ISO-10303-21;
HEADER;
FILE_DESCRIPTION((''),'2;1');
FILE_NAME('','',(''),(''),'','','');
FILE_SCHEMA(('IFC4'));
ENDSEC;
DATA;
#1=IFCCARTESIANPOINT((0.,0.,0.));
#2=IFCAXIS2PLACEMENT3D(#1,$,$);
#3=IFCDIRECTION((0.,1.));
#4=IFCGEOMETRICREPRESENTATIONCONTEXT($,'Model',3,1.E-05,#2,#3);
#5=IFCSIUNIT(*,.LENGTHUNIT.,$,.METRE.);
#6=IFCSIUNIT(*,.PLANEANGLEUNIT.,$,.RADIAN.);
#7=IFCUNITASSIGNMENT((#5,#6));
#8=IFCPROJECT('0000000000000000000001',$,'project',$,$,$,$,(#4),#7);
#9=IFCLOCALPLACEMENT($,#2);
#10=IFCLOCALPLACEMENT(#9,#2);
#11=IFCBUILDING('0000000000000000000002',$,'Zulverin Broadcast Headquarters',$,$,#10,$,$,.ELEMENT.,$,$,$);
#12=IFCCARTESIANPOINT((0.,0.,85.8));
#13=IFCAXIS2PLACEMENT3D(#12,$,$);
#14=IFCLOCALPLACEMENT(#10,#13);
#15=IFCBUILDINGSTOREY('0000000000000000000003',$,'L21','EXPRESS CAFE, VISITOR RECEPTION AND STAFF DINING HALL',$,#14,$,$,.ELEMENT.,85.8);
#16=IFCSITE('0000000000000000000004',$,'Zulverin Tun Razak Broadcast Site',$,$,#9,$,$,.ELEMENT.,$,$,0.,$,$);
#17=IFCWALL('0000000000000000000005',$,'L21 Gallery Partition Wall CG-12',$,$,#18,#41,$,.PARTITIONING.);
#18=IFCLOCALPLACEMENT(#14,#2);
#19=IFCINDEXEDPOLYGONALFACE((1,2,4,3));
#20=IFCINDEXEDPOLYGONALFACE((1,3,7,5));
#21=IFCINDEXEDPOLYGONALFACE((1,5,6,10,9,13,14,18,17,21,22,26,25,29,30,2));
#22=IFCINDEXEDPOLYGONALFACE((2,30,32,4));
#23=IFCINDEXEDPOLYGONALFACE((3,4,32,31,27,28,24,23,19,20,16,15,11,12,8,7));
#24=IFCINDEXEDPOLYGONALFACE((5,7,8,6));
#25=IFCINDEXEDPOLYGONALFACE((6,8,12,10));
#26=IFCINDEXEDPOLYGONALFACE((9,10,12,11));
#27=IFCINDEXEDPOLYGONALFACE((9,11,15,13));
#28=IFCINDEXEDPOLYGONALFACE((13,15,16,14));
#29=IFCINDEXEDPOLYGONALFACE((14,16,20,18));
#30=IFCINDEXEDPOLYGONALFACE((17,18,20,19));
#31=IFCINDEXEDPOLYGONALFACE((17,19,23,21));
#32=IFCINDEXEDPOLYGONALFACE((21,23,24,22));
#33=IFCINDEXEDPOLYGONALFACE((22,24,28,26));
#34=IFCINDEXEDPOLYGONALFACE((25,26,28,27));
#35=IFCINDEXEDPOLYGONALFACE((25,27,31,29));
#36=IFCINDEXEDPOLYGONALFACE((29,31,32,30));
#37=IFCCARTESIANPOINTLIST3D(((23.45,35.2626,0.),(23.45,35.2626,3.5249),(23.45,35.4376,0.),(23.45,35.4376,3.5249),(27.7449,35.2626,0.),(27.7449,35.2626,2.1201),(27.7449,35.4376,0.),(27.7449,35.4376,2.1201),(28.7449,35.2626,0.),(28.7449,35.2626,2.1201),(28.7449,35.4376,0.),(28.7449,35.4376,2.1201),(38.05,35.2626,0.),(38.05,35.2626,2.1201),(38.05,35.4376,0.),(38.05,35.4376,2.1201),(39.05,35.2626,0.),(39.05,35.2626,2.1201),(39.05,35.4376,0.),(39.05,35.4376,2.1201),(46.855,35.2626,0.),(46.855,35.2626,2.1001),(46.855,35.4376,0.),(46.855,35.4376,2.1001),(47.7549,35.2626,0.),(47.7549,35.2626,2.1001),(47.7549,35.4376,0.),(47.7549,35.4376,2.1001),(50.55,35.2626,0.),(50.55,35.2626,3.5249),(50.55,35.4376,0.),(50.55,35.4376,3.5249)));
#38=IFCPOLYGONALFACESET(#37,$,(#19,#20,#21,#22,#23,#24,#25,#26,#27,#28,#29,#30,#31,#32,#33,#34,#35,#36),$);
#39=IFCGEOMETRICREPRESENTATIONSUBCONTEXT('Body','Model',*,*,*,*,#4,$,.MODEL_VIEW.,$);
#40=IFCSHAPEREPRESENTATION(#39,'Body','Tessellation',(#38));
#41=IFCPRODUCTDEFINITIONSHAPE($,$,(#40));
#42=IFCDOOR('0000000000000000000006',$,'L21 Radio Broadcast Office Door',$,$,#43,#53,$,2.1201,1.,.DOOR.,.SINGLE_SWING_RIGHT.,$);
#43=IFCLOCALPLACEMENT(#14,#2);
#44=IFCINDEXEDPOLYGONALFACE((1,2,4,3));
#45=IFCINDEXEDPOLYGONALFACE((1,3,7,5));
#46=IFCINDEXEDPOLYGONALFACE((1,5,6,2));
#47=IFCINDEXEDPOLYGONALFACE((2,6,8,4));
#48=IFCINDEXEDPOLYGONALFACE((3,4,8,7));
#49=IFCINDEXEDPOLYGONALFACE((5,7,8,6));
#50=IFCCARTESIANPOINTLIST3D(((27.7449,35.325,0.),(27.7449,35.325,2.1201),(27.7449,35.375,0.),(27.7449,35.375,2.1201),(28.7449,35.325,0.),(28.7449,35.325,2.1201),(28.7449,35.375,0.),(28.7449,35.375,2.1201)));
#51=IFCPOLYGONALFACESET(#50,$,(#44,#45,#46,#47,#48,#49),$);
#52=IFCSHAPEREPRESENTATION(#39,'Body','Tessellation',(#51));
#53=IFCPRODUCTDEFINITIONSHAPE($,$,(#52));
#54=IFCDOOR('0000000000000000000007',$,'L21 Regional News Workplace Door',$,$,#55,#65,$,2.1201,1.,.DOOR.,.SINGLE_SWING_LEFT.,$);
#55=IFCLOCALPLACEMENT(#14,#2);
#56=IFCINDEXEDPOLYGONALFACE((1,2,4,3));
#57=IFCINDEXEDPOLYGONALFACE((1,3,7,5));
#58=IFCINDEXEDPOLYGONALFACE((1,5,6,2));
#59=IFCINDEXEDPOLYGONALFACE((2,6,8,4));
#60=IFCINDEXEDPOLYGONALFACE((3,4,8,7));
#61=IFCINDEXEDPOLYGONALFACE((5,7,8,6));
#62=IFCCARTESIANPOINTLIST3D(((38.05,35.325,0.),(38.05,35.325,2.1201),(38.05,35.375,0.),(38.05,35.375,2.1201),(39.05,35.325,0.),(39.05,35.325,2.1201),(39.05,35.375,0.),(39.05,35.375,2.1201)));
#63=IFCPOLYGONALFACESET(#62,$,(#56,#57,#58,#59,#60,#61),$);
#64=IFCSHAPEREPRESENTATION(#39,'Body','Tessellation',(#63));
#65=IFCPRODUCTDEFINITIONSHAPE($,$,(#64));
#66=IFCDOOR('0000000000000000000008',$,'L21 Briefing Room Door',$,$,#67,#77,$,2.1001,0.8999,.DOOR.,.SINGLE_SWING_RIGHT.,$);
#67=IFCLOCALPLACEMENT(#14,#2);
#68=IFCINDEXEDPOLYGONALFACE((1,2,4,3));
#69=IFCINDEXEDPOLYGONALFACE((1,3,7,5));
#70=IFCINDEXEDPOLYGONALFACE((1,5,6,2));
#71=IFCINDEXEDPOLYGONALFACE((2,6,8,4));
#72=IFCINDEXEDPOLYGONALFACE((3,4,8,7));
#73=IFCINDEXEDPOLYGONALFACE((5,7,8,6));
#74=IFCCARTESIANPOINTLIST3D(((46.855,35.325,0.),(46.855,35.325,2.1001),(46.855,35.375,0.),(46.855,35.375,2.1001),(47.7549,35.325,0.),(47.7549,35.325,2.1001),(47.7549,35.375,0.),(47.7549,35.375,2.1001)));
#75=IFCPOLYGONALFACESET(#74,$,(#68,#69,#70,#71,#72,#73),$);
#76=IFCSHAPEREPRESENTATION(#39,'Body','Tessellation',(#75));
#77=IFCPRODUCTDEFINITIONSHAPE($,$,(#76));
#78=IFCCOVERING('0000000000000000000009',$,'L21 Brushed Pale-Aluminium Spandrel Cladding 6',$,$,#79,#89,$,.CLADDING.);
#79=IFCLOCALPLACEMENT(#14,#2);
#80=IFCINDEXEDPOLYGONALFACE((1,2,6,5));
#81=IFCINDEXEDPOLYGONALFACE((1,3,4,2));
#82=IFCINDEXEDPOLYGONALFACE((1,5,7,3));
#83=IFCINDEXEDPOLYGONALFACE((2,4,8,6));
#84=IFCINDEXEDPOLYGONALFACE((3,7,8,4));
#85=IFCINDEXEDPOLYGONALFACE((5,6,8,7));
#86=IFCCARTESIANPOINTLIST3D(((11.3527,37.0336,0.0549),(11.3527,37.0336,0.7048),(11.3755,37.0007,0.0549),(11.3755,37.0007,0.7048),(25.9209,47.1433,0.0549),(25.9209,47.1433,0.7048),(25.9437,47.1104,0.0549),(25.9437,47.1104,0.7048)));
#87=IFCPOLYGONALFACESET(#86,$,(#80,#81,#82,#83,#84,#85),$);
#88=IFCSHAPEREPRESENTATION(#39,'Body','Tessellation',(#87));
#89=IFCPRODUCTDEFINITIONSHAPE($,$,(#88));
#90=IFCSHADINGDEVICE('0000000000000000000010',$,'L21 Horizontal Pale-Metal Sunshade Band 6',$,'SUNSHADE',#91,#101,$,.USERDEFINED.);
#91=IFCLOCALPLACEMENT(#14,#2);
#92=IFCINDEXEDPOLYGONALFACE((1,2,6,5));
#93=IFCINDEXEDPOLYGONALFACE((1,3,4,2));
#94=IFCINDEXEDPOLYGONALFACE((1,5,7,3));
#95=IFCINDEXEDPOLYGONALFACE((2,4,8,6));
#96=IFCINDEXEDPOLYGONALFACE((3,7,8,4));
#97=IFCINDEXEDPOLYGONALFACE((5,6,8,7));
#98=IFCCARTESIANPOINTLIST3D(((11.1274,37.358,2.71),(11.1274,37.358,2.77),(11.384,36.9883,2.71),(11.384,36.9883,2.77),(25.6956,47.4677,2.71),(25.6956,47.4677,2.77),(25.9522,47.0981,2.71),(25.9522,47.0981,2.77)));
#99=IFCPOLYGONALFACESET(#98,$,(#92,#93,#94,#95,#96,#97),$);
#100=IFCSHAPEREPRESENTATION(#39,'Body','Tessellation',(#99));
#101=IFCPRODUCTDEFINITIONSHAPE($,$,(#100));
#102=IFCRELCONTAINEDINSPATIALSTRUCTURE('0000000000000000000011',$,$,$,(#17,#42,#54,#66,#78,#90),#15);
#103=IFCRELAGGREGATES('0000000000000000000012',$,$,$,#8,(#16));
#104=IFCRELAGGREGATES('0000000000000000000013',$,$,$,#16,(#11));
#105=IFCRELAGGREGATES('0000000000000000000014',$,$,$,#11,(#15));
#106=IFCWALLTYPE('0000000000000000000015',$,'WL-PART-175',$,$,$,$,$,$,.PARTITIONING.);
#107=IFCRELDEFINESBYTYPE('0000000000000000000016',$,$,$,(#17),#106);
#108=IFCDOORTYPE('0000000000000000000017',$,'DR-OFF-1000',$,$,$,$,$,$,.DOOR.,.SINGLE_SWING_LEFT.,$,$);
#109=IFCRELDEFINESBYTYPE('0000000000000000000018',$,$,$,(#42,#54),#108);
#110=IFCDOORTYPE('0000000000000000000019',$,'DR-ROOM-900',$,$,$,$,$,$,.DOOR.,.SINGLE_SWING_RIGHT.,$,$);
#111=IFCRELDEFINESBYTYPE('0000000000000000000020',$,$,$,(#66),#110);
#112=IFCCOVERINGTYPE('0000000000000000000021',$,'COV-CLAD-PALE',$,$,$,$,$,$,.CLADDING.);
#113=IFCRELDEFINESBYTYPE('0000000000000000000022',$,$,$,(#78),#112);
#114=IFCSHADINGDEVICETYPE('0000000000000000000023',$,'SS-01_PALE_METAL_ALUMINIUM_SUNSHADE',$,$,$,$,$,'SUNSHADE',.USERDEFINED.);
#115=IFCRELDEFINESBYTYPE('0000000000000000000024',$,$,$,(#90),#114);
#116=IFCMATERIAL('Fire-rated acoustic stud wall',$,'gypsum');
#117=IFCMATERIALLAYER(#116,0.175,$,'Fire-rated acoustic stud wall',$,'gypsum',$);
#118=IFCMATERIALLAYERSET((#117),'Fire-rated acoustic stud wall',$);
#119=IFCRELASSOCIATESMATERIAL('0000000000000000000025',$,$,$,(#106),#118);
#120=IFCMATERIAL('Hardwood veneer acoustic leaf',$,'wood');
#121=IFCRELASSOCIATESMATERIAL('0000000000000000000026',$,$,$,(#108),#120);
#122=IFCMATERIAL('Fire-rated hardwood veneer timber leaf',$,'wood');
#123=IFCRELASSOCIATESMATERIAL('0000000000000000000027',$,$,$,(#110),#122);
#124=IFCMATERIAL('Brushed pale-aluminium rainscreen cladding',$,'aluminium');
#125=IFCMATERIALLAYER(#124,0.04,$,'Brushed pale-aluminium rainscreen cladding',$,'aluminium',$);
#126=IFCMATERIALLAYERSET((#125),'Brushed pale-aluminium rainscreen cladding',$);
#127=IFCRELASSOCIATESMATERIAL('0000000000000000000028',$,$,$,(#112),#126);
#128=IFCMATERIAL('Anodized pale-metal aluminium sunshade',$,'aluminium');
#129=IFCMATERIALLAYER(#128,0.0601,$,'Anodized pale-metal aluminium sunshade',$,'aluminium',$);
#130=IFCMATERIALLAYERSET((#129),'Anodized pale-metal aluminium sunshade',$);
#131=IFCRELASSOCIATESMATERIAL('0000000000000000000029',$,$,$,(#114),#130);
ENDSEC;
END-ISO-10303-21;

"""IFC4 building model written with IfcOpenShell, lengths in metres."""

from ifc_helpers import new_model, si_unit, direction, frame, frame_2d, origin, origin_2d, place, context, subcontext, project, spatial, rectangle, extrude, material, layer, layer_set, type_object, element, fill, save


model = new_model("IFC4")

# Units and contexts
model_context = context("Model", 3, precision=1e-05, world=origin(), true_north=direction((0.0, 1.0)))
body_context = subcontext(model_context, "Body", "Model", "MODEL_VIEW")
ifc_project = project(units=[si_unit("LENGTHUNIT", "METRE"), si_unit("PLANEANGLEUNIT", "RADIAN")], contexts=[model_context])

# Site, building, storey
site_placement = place(None, origin())
site = spatial("IfcSite", under=ifc_project, at=site_placement, Name="Zulverin Tun Razak Broadcast Site", CompositionType="ELEMENT", RefElevation=0.0)
building_placement = place(site_placement, origin())
building = spatial("IfcBuilding", under=site, at=building_placement, Name="Zulverin Broadcast Headquarters", CompositionType="ELEMENT")
storey_placement = place(building_placement, frame((0.0, 0.0, 85.8)))
storey = spatial("IfcBuildingStorey", under=building, at=storey_placement, Name="L21", Description="EXPRESS CAFE, VISITOR RECEPTION AND STAFF DINING HALL", CompositionType="ELEMENT", Elevation=85.8)

# Wall, openings, doors
ifc_material_1 = material(Name="Fire-rated acoustic stud wall", Category="gypsum")
ifc_layer_1 = layer(ifc_material_1, 0.175, Name="Fire-rated acoustic stud wall", Category="gypsum")
ifc_layer_set_1 = layer_set([ifc_layer_1], Name="Fire-rated acoustic stud wall")
wall_type_1 = type_object("IfcWallType", Name="WL-PART-175", PredefinedType="PARTITIONING", material=ifc_layer_set_1)
wall_1_placement = place(storey_placement, frame((23.45, 35.3501, 0.0), z_axis=(0.0, 0.0, 1.0), x_axis=(1.0, 0.0, 0.0)))
wall_1 = element("IfcWall", 1, at=wall_1_placement, inside=storey, type_object=wall_type_1, Name="L21 Gallery Partition Wall CG-12", PredefinedType="PARTITIONING", context=body_context, shape_type="SweptSolid", body=[
    extrude(rectangle(XDim=27.1001, YDim=0.175, at=frame_2d((13.55, 0.0))), origin(), (0.0, 0.0, 1.0), 3.5249),
])
opening_1_placement = place(wall_1_placement, frame((4.2949, 0.0, 0.0)))
opening_1 = element("IfcOpeningElement", 2, at=opening_1_placement, cuts=wall_1, PredefinedType="OPENING", context=body_context, shape_type="SweptSolid", body=[
    extrude(rectangle(XDim=1.0, YDim=2.1201, at=frame_2d((0.5, 1.0601))), frame((0.0, 0.0974, 0.0), z_axis=(0.0, -1.0, 0.0), x_axis=(1.0, 0.0, 0.0)), (0.0, 0.0, 1.0), 0.1951),
])
opening_2_placement = place(wall_1_placement, frame((14.6001, 0.0, 0.0)))
opening_2 = element("IfcOpeningElement", 3, at=opening_2_placement, cuts=wall_1, PredefinedType="OPENING", context=body_context, shape_type="SweptSolid", body=[
    extrude(rectangle(XDim=1.0, YDim=2.1201, at=frame_2d((0.5, 1.0601))), frame((0.0, 0.0974, 0.0), z_axis=(0.0, -1.0, 0.0), x_axis=(1.0, 0.0, 0.0)), (0.0, 0.0, 1.0), 0.1951),
])
opening_3_placement = place(wall_1_placement, frame((23.405, 0.0, 0.0)))
opening_3 = element("IfcOpeningElement", 4, at=opening_3_placement, cuts=wall_1, PredefinedType="OPENING", context=body_context, shape_type="SweptSolid", body=[
    extrude(rectangle(XDim=0.8999, YDim=2.1001, at=frame_2d((0.45, 1.05))), frame((0.0, 0.0974, 0.0), z_axis=(0.0, -1.0, 0.0), x_axis=(1.0, 0.0, 0.0)), (0.0, 0.0, 1.0), 0.1951),
])
ifc_material_2 = material(Name="Hardwood veneer acoustic leaf", Category="wood")
door_type_1 = type_object("IfcDoorType", Name="DR-OFF-1000", OperationType="SINGLE_SWING_LEFT", PredefinedType="DOOR", material=ifc_material_2)
door_1_placement = place(opening_1_placement, origin())
door_1 = element("IfcDoor", 5, at=door_1_placement, inside=storey, type_object=door_type_1, Name="L21 Radio Broadcast Office Door", OperationType="SINGLE_SWING_RIGHT", OverallHeight=2.1201, OverallWidth=1.0, PredefinedType="DOOR", context=body_context, shape_type="SweptSolid", body=[
    extrude(rectangle(XDim=1.0, YDim=2.1201, at=frame_2d((0.5, 1.0601))), frame((0.0, 0.0249, 0.0), z_axis=(0.0, -1.0, 0.0), x_axis=(1.0, 0.0, 0.0)), (0.0, 0.0, 1.0), 0.05),
])
fill(opening_1, door_1)
door_2_placement = place(opening_2_placement, origin())
door_2 = element("IfcDoor", 6, at=door_2_placement, inside=storey, type_object=door_type_1, Name="L21 Regional News Workplace Door", OperationType="SINGLE_SWING_LEFT", OverallHeight=2.1201, OverallWidth=1.0, PredefinedType="DOOR", context=body_context, shape_type="SweptSolid", body=[
    extrude(rectangle(XDim=1.0, YDim=2.1201, at=frame_2d((0.5, 1.0601))), frame((0.0, 0.0249, 0.0), z_axis=(0.0, -1.0, 0.0), x_axis=(1.0, 0.0, 0.0)), (0.0, 0.0, 1.0), 0.05),
])
fill(opening_2, door_2)
ifc_material_3 = material(Name="Fire-rated hardwood veneer timber leaf", Category="wood")
door_type_2 = type_object("IfcDoorType", Name="DR-ROOM-900", OperationType="SINGLE_SWING_RIGHT", PredefinedType="DOOR", material=ifc_material_3)
door_3_placement = place(opening_3_placement, origin())
door_3 = element("IfcDoor", 7, at=door_3_placement, inside=storey, type_object=door_type_2, Name="L21 Briefing Room Door", OperationType="SINGLE_SWING_RIGHT", OverallHeight=2.1001, OverallWidth=0.8999, PredefinedType="DOOR", context=body_context, shape_type="SweptSolid", body=[
    extrude(rectangle(XDim=0.8999, YDim=2.1001, at=frame_2d((0.45, 1.05))), frame((0.0, 0.0249, 0.0), z_axis=(0.0, -1.0, 0.0), x_axis=(1.0, 0.0, 0.0)), (0.0, 0.0, 1.0), 0.05),
])
fill(opening_3, door_3)

# Covering
ifc_material_4 = material(Name="Brushed pale-aluminium rainscreen cladding", Category="aluminium")
ifc_layer_2 = layer(ifc_material_4, 0.04, Name="Brushed pale-aluminium rainscreen cladding", Category="aluminium")
ifc_layer_set_2 = layer_set([ifc_layer_2], Name="Brushed pale-aluminium rainscreen cladding")
covering_type = type_object("IfcCoveringType", Name="COV-CLAD-PALE", PredefinedType="CLADDING", material=ifc_layer_set_2)
covering_placement = place(storey_placement, frame((18.6482, 42.072, 0.0549), z_axis=(0.0, 0.0, 1.0), x_axis=(-0.821556, -0.570127, 0.0)))
element("IfcCovering", 8, at=covering_placement, inside=storey, type_object=covering_type, Name="L21 Brushed Pale-Aluminium Spandrel Cladding 6", PredefinedType="CLADDING", context=body_context, shape_type="SweptSolid", body=[
    extrude(rectangle(XDim=17.7324, YDim=0.04, at=origin_2d()), origin(), (0.0, 0.0, 1.0), 0.6499),
])

# Shading device
ifc_material_5 = material(Name="Anodized pale-metal aluminium sunshade", Category="aluminium")
ifc_layer_3 = layer(ifc_material_5, 0.0601, Name="Anodized pale-metal aluminium sunshade", Category="aluminium")
ifc_layer_set_3 = layer_set([ifc_layer_3], Name="Anodized pale-metal aluminium sunshade")
shading_device_type = type_object("IfcShadingDeviceType", Name="SS-01_PALE_METAL_ALUMINIUM_SUNSHADE", ElementType="SUNSHADE", PredefinedType="USERDEFINED", material=ifc_layer_set_3)
shading_device_placement = place(storey_placement, frame((18.5398, 42.228, 2.71), z_axis=(0.0, 0.0, 1.0), x_axis=(-0.821556, -0.570127, 0.0)))
element("IfcShadingDevice", 9, at=shading_device_placement, inside=storey, type_object=shading_device_type, Name="L21 Horizontal Pale-Metal Sunshade Band 6", ObjectType="SUNSHADE", PredefinedType="USERDEFINED", context=body_context, shape_type="SweptSolid", body=[
    extrude(rectangle(XDim=17.7324, YDim=0.45, at=origin_2d()), origin(), (0.0, 0.0, 1.0), 0.0601),
])

save(model, "model.ifc")
